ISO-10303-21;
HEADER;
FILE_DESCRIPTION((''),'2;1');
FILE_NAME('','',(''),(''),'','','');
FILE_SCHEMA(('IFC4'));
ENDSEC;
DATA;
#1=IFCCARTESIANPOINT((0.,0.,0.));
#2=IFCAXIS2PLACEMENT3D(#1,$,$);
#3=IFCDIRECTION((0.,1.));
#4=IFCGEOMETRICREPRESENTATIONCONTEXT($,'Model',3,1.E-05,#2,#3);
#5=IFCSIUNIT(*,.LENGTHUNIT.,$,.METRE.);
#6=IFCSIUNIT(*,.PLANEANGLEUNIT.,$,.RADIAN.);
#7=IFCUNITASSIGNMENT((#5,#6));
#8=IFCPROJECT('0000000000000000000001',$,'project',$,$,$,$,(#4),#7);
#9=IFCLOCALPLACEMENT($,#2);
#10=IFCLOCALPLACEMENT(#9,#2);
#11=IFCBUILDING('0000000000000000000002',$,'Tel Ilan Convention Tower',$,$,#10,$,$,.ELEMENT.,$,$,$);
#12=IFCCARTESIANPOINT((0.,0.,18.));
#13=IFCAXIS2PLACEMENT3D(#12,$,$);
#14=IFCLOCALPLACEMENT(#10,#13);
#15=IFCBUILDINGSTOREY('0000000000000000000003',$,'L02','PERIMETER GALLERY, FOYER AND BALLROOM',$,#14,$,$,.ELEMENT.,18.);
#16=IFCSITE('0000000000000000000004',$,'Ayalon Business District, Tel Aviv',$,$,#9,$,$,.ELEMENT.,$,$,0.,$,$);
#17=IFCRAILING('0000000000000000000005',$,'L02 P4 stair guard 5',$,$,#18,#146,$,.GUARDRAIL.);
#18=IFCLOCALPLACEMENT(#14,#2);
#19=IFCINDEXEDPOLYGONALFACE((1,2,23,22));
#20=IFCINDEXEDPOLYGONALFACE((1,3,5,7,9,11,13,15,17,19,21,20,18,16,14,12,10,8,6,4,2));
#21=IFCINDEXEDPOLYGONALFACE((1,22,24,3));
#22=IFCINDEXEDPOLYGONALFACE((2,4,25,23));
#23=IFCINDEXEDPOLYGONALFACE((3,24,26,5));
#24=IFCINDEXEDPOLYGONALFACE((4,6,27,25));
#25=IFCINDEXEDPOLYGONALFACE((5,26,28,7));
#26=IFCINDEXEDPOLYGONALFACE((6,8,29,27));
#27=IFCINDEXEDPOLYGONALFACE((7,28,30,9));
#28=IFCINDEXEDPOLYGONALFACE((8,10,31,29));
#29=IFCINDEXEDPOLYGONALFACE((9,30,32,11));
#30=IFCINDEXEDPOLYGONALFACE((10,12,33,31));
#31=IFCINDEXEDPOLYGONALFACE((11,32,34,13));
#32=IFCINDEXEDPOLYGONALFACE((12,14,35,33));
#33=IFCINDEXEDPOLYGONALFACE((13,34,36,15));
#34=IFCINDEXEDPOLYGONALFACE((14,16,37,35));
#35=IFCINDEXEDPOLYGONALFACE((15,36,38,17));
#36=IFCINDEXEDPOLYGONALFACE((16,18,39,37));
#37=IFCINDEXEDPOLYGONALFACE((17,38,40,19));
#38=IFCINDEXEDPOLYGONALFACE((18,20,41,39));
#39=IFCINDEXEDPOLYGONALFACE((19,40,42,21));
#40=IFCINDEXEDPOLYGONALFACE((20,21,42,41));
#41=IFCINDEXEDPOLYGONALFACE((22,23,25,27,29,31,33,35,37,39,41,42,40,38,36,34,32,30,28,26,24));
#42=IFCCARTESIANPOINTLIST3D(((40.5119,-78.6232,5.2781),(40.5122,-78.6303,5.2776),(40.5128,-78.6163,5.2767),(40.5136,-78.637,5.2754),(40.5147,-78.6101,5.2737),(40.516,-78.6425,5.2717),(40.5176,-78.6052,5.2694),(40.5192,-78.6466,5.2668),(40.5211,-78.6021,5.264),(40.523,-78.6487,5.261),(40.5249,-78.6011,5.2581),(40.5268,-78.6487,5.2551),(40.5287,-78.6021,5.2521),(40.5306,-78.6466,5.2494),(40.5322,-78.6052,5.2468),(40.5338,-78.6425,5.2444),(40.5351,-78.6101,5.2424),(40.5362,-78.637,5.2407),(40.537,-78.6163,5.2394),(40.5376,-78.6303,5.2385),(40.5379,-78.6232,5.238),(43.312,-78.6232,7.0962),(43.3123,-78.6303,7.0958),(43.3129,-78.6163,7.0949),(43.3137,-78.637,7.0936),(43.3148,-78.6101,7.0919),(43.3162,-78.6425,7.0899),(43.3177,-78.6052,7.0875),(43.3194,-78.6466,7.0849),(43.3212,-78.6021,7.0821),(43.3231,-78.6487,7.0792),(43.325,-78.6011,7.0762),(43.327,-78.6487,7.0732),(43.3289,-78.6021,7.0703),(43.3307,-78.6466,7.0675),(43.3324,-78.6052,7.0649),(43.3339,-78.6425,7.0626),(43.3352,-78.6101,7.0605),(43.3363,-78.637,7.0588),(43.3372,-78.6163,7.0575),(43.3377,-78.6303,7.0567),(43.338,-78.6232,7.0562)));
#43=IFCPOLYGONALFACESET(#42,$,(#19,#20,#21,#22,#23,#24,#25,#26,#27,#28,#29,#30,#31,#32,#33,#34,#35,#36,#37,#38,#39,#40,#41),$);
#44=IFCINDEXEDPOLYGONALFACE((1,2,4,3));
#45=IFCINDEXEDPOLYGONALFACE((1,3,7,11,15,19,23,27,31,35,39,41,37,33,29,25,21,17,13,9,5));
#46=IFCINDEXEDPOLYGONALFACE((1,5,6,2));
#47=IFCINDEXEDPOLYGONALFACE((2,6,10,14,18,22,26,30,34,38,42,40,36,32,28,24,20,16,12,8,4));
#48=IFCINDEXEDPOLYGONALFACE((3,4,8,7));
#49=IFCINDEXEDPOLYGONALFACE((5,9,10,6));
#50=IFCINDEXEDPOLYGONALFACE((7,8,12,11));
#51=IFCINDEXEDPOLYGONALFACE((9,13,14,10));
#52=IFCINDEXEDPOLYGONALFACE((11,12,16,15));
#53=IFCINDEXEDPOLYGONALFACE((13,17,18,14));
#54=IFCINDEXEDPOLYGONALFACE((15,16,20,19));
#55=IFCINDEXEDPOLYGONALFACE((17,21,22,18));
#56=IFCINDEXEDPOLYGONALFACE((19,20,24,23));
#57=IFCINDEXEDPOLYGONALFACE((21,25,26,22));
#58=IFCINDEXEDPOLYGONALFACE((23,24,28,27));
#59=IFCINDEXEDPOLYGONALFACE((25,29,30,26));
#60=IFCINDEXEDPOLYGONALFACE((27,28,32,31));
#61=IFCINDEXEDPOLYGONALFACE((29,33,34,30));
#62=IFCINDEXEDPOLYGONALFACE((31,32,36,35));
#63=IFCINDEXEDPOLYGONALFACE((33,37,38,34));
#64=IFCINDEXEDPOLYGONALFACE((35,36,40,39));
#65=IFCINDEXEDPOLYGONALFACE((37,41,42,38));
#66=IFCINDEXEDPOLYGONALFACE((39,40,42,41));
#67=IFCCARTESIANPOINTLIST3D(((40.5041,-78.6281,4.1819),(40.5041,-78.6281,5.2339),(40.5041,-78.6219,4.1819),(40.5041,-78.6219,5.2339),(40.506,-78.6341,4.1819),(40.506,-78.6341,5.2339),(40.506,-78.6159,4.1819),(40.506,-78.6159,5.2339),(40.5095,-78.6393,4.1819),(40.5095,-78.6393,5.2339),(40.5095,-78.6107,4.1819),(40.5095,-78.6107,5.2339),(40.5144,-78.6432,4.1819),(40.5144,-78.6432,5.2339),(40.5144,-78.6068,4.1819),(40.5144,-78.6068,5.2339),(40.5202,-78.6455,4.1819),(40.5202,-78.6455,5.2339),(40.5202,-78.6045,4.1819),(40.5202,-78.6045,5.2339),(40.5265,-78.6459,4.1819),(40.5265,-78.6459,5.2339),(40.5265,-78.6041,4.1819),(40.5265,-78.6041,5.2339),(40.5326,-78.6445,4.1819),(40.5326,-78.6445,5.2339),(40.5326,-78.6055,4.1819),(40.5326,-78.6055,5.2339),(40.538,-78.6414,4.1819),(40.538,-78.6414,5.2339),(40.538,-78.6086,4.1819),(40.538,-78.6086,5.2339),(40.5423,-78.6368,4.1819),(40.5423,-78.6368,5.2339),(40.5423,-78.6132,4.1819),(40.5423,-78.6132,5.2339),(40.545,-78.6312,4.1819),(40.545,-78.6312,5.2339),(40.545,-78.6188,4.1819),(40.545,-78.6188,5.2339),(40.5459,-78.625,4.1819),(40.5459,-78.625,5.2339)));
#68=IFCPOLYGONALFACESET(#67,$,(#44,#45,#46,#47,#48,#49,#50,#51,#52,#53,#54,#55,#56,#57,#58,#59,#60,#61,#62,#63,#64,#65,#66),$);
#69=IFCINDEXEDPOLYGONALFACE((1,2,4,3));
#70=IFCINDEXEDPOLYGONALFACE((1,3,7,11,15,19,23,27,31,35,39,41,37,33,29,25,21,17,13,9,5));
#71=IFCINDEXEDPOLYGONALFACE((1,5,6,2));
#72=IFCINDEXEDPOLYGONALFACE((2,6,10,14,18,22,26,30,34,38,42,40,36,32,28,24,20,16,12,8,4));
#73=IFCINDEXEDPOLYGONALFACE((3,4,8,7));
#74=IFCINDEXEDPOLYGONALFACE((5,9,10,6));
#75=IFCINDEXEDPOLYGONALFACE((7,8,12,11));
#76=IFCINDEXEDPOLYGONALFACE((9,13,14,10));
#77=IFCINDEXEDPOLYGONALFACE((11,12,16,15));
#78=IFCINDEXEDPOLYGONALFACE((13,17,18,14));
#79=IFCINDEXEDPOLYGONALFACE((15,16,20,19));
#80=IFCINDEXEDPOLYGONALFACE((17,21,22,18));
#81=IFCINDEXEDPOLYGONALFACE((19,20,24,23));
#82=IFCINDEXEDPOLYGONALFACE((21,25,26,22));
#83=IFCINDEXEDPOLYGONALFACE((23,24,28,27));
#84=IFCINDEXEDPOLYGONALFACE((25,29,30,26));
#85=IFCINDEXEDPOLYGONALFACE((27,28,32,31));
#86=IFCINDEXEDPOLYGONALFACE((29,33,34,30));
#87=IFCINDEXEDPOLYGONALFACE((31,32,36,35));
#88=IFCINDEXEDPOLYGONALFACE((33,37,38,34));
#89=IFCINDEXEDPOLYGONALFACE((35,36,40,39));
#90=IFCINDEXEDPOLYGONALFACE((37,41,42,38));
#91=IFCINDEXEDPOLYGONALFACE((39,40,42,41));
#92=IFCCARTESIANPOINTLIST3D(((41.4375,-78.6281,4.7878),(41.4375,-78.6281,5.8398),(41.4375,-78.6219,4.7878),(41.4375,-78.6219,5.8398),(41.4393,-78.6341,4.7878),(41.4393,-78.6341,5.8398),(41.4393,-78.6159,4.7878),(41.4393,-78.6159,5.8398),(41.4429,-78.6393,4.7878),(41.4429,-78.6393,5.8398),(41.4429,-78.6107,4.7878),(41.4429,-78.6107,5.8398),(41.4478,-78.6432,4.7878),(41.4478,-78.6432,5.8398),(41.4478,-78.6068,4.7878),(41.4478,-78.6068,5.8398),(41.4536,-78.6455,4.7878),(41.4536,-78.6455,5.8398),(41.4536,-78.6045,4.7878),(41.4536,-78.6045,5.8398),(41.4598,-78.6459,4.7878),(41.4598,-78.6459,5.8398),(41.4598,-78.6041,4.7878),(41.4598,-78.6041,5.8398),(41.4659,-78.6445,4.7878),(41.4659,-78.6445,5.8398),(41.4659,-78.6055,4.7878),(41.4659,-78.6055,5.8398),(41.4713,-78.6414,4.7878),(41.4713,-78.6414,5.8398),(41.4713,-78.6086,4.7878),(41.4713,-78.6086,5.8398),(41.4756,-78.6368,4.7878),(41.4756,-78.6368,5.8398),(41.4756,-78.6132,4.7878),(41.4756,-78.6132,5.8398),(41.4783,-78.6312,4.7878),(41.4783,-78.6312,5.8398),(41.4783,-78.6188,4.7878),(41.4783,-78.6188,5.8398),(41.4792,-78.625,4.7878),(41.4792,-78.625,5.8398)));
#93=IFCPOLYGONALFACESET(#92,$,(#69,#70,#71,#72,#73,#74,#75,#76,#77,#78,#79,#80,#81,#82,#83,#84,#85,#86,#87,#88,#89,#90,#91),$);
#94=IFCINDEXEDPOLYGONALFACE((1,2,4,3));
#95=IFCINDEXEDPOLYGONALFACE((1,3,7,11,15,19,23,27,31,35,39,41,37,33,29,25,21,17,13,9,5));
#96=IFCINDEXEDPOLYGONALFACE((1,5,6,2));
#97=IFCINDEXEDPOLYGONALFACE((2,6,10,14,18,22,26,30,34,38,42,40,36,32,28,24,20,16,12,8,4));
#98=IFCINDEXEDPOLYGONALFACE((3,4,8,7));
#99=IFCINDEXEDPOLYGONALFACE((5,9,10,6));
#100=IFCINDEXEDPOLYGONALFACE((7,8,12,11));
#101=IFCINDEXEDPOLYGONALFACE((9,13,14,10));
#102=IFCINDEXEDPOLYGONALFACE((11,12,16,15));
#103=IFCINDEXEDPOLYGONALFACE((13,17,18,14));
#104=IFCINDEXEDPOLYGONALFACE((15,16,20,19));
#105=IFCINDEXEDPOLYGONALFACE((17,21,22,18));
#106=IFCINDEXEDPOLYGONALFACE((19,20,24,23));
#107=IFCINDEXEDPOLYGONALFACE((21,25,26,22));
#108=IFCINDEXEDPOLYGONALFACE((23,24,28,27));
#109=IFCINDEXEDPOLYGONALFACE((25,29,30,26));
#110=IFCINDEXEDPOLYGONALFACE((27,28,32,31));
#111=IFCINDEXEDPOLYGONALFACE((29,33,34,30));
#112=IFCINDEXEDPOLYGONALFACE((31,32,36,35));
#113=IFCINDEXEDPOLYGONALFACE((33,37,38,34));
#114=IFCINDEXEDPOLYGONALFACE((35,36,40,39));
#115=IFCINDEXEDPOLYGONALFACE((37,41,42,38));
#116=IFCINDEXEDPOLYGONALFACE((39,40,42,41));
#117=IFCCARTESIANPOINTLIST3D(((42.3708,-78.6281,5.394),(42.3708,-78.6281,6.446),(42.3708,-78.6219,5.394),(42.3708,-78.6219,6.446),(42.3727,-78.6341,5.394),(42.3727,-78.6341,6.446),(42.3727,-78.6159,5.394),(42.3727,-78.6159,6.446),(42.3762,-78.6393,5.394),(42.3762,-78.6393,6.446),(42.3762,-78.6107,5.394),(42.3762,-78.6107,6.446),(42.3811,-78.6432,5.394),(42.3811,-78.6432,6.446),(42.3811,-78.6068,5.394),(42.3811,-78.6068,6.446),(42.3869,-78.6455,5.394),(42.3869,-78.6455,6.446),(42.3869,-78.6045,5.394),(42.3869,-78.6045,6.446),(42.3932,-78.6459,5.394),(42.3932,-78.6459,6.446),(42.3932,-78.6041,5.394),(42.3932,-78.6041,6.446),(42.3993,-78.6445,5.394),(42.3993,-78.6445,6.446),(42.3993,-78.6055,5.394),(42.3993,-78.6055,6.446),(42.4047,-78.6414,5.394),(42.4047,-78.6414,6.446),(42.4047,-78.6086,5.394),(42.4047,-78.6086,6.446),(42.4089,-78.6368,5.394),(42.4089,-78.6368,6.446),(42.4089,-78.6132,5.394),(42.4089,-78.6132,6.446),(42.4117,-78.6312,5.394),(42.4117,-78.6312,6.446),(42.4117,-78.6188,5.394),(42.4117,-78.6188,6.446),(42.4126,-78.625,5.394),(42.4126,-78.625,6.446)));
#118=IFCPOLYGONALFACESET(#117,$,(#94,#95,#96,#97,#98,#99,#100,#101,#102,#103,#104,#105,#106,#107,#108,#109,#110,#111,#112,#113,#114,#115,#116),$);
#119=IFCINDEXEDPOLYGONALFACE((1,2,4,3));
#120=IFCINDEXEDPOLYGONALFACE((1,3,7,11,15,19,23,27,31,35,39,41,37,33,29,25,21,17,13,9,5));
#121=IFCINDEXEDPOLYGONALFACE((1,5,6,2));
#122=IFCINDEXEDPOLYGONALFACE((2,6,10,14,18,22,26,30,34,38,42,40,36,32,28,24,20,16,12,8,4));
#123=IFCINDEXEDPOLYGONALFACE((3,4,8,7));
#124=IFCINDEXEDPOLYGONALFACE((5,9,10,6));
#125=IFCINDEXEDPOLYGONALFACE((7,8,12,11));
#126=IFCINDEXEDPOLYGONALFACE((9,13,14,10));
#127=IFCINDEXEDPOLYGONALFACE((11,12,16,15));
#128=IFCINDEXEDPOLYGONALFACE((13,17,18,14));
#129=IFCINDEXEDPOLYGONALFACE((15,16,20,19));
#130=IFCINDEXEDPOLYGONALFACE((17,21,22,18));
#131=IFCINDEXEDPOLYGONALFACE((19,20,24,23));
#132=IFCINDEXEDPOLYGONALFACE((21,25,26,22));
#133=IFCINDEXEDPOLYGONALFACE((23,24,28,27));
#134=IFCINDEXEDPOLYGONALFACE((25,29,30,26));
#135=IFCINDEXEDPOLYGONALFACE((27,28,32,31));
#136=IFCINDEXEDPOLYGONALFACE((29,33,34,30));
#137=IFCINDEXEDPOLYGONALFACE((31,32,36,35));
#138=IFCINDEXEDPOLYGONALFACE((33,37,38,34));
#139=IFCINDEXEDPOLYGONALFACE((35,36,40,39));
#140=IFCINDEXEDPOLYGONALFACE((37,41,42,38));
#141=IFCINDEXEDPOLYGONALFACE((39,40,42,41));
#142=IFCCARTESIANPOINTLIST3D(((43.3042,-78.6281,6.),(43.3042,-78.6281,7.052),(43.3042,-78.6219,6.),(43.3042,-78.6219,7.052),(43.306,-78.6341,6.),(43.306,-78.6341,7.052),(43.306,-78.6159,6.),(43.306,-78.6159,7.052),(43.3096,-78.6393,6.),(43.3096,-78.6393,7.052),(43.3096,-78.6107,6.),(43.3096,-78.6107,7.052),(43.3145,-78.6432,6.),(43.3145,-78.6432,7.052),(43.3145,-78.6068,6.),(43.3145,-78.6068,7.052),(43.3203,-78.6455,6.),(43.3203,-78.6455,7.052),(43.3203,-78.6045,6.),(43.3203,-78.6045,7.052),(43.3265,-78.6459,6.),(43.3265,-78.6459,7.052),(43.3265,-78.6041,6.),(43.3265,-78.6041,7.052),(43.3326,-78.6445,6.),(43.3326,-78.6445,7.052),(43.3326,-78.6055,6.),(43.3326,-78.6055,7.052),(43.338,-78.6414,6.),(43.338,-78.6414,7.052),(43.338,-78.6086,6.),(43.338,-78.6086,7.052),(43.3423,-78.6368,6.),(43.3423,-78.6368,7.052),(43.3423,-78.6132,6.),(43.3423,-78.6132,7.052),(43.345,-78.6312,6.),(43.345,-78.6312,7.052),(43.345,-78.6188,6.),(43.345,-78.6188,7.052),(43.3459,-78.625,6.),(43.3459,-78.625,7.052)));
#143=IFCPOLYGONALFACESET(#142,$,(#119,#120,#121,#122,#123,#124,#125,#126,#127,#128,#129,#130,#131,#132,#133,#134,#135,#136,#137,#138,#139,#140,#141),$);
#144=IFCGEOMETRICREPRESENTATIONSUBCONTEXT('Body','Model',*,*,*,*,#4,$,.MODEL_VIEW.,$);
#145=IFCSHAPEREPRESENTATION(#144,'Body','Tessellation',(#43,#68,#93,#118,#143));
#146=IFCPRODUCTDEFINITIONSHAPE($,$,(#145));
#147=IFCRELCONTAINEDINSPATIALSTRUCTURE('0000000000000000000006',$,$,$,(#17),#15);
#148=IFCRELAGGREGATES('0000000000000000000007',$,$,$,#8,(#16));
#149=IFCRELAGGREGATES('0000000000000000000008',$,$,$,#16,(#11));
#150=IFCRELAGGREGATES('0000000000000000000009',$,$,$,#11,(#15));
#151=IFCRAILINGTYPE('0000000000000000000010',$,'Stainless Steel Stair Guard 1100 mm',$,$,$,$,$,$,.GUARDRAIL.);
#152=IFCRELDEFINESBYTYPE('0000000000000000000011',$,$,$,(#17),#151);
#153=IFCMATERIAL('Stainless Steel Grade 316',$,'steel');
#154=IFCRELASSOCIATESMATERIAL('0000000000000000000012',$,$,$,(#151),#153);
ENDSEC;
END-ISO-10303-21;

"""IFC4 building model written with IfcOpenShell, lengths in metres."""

from ifc_helpers import new_model, si_unit, direction, frame, origin, origin_2d, place, context, subcontext, project, spatial, circle, extrude, material, type_object, element, save


model = new_model("IFC4")

# Units and contexts
model_context = context("Model", 3, precision=1e-05, world=origin(), true_north=direction((0.0, 1.0)))
body_context = subcontext(model_context, "Body", "Model", "MODEL_VIEW")
ifc_project = project(units=[si_unit("LENGTHUNIT", "METRE"), si_unit("PLANEANGLEUNIT", "RADIAN")], contexts=[model_context])

# Site, building, storey
site_placement = place(None, origin())
site = spatial("IfcSite", under=ifc_project, at=site_placement, Name="Ayalon Business District, Tel Aviv", CompositionType="ELEMENT", RefElevation=0.0)
building_placement = place(site_placement, origin())
building = spatial("IfcBuilding", under=site, at=building_placement, Name="Tel Ilan Convention Tower", CompositionType="ELEMENT")
storey_placement = place(building_placement, frame((0.0, 0.0, 18.0)))
storey = spatial("IfcBuildingStorey", under=building, at=storey_placement, Name="L02", Description="PERIMETER GALLERY, FOYER AND BALLROOM", CompositionType="ELEMENT", Elevation=18.0)

# Railing
ifc_material_1 = material(Name="Stainless Steel Grade 316", Category="steel")
railing_type_1 = type_object("IfcRailingType", Name="Stainless Steel Stair Guard 1100 mm", PredefinedType="GUARDRAIL", material=ifc_material_1)
railing_1_placement = place(storey_placement, frame((40.5249, -78.625, 4.1819)))
element("IfcRailing", 1, at=railing_1_placement, inside=storey, type_object=railing_type_1, Name="L02 P4 stair guard 5", PredefinedType="GUARDRAIL", context=body_context, shape_type="SweptSolid", body=[
    extrude(circle(Radius=0.0239, at=origin_2d()), frame((0.0, 0.0, 1.0762), z_axis=(0.838706, 0.0, 0.544585), x_axis=(0.0, 1.0, 0.0)), (0.0, 0.0, 1.0), 3.3386),
    extrude(circle(Radius=0.021, at=origin_2d()), origin(), (0.0, 0.0, 1.0), 1.052),
    extrude(circle(Radius=0.021, at=origin_2d()), frame((0.9333, 0.0, 0.606)), (0.0, 0.0, 1.0), 1.052),
    extrude(circle(Radius=0.021, at=origin_2d()), frame((1.8667, 0.0, 1.2122)), (0.0, 0.0, 1.0), 1.052),
    extrude(circle(Radius=0.021, at=origin_2d()), frame((2.8, 0.0, 1.8181)), (0.0, 0.0, 1.0), 1.052),
])

save(model, "model.ifc")
